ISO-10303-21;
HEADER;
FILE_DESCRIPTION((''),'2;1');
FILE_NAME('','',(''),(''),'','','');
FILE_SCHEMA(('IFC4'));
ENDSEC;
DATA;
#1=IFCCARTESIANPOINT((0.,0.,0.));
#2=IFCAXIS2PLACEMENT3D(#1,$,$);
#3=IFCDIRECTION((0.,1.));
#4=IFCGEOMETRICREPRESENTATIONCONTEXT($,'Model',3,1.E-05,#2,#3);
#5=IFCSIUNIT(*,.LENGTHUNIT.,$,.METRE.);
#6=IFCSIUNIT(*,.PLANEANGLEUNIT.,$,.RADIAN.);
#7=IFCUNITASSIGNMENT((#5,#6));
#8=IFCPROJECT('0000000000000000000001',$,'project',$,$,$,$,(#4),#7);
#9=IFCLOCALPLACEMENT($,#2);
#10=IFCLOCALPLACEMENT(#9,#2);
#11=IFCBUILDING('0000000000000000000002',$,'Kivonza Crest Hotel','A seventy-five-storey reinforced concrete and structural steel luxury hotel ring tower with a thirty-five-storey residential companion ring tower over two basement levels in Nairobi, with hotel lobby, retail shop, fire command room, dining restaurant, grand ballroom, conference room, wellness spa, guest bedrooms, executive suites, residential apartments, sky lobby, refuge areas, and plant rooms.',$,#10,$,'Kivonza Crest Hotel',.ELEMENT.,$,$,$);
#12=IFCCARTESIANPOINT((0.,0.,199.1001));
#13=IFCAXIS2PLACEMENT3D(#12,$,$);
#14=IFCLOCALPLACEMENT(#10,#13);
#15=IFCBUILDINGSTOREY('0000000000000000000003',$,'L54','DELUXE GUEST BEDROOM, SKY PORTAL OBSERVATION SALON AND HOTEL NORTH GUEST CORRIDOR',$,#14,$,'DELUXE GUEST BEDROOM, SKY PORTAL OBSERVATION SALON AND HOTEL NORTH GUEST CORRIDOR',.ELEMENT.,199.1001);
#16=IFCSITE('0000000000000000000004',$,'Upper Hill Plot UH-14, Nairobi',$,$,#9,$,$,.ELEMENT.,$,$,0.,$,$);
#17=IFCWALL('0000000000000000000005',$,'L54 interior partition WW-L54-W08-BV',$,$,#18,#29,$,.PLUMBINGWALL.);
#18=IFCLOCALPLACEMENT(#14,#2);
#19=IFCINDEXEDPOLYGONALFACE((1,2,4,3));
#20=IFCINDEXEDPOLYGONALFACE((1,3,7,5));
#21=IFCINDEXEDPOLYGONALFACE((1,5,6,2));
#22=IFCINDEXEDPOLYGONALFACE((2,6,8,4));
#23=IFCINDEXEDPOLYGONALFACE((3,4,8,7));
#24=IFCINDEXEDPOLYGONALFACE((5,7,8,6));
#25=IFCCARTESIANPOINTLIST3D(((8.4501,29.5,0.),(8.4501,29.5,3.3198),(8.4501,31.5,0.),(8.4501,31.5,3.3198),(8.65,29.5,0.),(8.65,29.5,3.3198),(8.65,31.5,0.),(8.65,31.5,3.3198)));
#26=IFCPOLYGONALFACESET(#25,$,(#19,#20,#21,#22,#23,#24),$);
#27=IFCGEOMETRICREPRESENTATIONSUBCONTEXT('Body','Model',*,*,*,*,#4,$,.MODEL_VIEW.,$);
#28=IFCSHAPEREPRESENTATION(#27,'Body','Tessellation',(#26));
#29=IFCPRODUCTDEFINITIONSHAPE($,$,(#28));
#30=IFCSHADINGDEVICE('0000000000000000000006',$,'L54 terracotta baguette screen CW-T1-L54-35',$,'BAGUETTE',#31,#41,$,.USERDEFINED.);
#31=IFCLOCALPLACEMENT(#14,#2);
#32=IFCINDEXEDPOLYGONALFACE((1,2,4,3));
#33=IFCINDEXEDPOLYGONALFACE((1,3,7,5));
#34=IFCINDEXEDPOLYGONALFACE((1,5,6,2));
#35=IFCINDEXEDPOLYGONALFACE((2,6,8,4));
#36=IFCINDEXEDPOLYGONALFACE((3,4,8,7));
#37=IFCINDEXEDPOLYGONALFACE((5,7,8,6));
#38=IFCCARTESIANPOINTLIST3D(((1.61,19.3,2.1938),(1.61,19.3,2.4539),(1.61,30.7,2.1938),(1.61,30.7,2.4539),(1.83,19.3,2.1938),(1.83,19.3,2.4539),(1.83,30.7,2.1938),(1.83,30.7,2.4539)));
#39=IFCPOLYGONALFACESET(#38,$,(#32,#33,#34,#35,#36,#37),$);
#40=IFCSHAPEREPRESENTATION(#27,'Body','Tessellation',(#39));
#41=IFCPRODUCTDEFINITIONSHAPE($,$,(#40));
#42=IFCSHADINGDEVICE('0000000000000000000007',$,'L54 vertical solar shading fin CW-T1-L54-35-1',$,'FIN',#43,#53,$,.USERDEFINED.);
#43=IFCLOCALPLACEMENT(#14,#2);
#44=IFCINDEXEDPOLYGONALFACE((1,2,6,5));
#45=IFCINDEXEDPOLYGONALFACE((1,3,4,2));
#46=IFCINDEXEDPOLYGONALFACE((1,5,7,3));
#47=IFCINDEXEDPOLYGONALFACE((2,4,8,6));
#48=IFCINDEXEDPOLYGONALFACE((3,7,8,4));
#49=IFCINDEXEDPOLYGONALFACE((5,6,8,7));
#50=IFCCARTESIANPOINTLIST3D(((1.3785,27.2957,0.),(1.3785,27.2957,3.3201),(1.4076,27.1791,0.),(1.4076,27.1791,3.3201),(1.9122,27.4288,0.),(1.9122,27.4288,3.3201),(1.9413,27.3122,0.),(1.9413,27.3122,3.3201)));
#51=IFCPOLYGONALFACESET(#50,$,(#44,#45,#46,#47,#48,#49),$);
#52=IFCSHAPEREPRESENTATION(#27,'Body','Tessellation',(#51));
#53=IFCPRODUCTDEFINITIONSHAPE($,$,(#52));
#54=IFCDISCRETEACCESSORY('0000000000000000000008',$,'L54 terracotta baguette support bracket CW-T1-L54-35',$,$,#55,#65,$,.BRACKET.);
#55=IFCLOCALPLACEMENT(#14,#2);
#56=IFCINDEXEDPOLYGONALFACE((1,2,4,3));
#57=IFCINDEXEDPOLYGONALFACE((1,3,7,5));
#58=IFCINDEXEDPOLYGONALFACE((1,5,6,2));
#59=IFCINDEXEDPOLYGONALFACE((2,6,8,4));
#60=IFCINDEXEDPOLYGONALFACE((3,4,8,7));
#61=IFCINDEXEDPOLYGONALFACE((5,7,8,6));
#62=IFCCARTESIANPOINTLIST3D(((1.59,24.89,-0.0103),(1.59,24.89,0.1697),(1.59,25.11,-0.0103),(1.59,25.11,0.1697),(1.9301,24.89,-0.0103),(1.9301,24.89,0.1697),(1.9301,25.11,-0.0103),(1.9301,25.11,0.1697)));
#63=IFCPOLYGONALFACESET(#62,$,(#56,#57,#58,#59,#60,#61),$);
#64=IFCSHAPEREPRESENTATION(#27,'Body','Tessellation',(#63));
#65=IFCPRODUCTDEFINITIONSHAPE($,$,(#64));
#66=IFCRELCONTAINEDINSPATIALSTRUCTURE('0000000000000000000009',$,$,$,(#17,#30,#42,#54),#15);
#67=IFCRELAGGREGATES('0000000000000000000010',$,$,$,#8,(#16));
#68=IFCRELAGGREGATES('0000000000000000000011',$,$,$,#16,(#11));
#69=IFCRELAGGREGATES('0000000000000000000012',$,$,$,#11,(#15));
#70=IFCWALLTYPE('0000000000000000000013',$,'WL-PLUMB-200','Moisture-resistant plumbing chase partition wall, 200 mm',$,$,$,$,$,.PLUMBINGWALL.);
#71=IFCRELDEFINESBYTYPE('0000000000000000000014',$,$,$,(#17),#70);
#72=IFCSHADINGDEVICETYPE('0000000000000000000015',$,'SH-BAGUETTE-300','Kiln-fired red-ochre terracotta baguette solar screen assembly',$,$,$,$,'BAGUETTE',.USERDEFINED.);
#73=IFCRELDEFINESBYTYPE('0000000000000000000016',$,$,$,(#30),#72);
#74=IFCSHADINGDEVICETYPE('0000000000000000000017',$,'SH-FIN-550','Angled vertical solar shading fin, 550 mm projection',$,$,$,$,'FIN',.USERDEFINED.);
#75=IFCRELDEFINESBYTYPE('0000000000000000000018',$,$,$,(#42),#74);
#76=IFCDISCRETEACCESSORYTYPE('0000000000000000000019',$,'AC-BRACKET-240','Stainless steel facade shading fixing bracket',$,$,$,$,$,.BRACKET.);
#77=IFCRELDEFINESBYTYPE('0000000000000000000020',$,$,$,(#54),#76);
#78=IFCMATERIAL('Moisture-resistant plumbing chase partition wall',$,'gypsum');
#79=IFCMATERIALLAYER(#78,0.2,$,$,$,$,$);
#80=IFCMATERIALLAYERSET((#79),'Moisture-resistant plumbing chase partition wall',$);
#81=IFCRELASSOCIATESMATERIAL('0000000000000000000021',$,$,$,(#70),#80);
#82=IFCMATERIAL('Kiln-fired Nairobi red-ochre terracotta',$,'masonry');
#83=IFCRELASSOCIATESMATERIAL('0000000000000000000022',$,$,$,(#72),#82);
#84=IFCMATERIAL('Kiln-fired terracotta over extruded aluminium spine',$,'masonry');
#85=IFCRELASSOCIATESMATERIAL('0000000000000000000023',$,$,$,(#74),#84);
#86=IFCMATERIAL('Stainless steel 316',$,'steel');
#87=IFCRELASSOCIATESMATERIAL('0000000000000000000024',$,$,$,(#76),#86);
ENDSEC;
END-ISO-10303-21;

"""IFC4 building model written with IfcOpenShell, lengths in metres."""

from ifc_helpers import new_model, si_unit, direction, frame, frame_2d, origin, origin_2d, place, context, subcontext, project, spatial, rectangle, extrude, material, layer, layer_set, type_object, element, save


model = new_model("IFC4")

# Units and contexts
model_context = context("Model", 3, precision=1e-05, world=origin(), true_north=direction((0.0, 1.0)))
body_context = subcontext(model_context, "Body", "Model", "MODEL_VIEW")
ifc_project = project(units=[si_unit("LENGTHUNIT", "METRE"), si_unit("PLANEANGLEUNIT", "RADIAN")], contexts=[model_context])

# Site, building, storey
site_placement = place(None, origin())
site = spatial("IfcSite", under=ifc_project, at=site_placement, Name="Upper Hill Plot UH-14, Nairobi", CompositionType="ELEMENT", RefElevation=0.0)
building_placement = place(site_placement, origin())
building = spatial("IfcBuilding", under=site, at=building_placement, Name="Kivonza Crest Hotel", Description="A seventy-five-storey reinforced concrete and structural steel luxury hotel ring tower with a thirty-five-storey residential companion ring tower over two basement levels in Nairobi, with hotel lobby, retail shop, fire command room, dining restaurant, grand ballroom, conference room, wellness spa, guest bedrooms, executive suites, residential apartments, sky lobby, refuge areas, and plant rooms.", LongName="Kivonza Crest Hotel", CompositionType="ELEMENT")
storey_placement = place(building_placement, frame((0.0, 0.0, 199.1001)))
storey = spatial("IfcBuildingStorey", under=building, at=storey_placement, Name="L54", Description="DELUXE GUEST BEDROOM, SKY PORTAL OBSERVATION SALON AND HOTEL NORTH GUEST CORRIDOR", LongName="DELUXE GUEST BEDROOM, SKY PORTAL OBSERVATION SALON AND HOTEL NORTH GUEST CORRIDOR", CompositionType="ELEMENT", Elevation=199.1001)

# Wall
ifc_material_1 = material(Name="Moisture-resistant plumbing chase partition wall", Category="gypsum")
ifc_layer_1 = layer(ifc_material_1, 0.2)
ifc_layer_set_1 = layer_set([ifc_layer_1], Name="Moisture-resistant plumbing chase partition wall")
wall_type_1 = type_object("IfcWallType", Name="WL-PLUMB-200", Description="Moisture-resistant plumbing chase partition wall, 200 mm", PredefinedType="PLUMBINGWALL", material=ifc_layer_set_1)
wall_1_placement = place(storey_placement, frame((8.55, 29.5, 0.0), z_axis=(0.0, 0.0, 1.0), x_axis=(0.0, 1.0, 0.0)))
element("IfcWall", 1, at=wall_1_placement, inside=storey, type_object=wall_type_1, Name="L54 interior partition WW-L54-W08-BV", PredefinedType="PLUMBINGWALL", context=body_context, shape_type="SweptSolid", body=[
    extrude(rectangle(XDim=2.0, YDim=0.2, at=frame_2d((1.0, 0.0))), origin(), (0.0, 0.0, 1.0), 3.3198),
])

# Shading devices
ifc_material_2 = material(Name="Kiln-fired Nairobi red-ochre terracotta", Category="masonry")
shading_device_type_1 = type_object("IfcShadingDeviceType", Name="SH-BAGUETTE-300", Description="Kiln-fired red-ochre terracotta baguette solar screen assembly", ElementType="BAGUETTE", PredefinedType="USERDEFINED", material=ifc_material_2)
shading_device_1_placement = place(storey_placement, frame((1.72, 25.0, 2.1938), z_axis=(0.0, 0.0, 1.0), x_axis=(0.0, -1.0, 0.0)))
element("IfcShadingDevice", 2, at=shading_device_1_placement, inside=storey, type_object=shading_device_type_1, Name="L54 terracotta baguette screen CW-T1-L54-35", ObjectType="BAGUETTE", PredefinedType="USERDEFINED", context=body_context, shape_type="SweptSolid", body=[
    extrude(rectangle(XDim=11.3999, YDim=0.22, at=origin_2d()), origin(), (0.0, 0.0, 1.0), 0.26),
])
ifc_material_3 = material(Name="Kiln-fired terracotta over extruded aluminium spine", Category="masonry")
shading_device_type_2 = type_object("IfcShadingDeviceType", Name="SH-FIN-550", Description="Angled vertical solar shading fin, 550 mm projection", ElementType="FIN", PredefinedType="USERDEFINED", material=ifc_material_3)
shading_device_2_placement = place(storey_placement, frame((1.6599, 27.304, 0.0), z_axis=(0.0, 0.0, 1.0), x_axis=(0.241922, -0.970296, 0.0)))
element("IfcShadingDevice", 3, at=shading_device_2_placement, inside=storey, type_object=shading_device_type_2, Name="L54 vertical solar shading fin CW-T1-L54-35-1", ObjectType="FIN", PredefinedType="USERDEFINED", context=body_context, shape_type="SweptSolid", body=[
    extrude(rectangle(XDim=0.1201, YDim=0.55, at=origin_2d()), origin(), (0.0, 0.0, 1.0), 3.3201),
])

# Discrete accessory
ifc_material_4 = material(Name="Stainless steel 316", Category="steel")
discrete_accessory_type = type_object("IfcDiscreteAccessoryType", Name="AC-BRACKET-240", Description="Stainless steel facade shading fixing bracket", PredefinedType="BRACKET", material=ifc_material_4)
discrete_accessory_placement = place(storey_placement, frame((1.76, 25.0, -0.0103), z_axis=(0.0, 0.0, 1.0), x_axis=(0.0, -1.0, 0.0)))
element("IfcDiscreteAccessory", 4, at=discrete_accessory_placement, inside=storey, type_object=discrete_accessory_type, Name="L54 terracotta baguette support bracket CW-T1-L54-35", PredefinedType="BRACKET", context=body_context, shape_type="SweptSolid", body=[
    extrude(rectangle(XDim=0.22, YDim=0.3401, at=origin_2d()), origin(), (0.0, 0.0, 1.0), 0.1799),
])

save(model, "model.ifc")
